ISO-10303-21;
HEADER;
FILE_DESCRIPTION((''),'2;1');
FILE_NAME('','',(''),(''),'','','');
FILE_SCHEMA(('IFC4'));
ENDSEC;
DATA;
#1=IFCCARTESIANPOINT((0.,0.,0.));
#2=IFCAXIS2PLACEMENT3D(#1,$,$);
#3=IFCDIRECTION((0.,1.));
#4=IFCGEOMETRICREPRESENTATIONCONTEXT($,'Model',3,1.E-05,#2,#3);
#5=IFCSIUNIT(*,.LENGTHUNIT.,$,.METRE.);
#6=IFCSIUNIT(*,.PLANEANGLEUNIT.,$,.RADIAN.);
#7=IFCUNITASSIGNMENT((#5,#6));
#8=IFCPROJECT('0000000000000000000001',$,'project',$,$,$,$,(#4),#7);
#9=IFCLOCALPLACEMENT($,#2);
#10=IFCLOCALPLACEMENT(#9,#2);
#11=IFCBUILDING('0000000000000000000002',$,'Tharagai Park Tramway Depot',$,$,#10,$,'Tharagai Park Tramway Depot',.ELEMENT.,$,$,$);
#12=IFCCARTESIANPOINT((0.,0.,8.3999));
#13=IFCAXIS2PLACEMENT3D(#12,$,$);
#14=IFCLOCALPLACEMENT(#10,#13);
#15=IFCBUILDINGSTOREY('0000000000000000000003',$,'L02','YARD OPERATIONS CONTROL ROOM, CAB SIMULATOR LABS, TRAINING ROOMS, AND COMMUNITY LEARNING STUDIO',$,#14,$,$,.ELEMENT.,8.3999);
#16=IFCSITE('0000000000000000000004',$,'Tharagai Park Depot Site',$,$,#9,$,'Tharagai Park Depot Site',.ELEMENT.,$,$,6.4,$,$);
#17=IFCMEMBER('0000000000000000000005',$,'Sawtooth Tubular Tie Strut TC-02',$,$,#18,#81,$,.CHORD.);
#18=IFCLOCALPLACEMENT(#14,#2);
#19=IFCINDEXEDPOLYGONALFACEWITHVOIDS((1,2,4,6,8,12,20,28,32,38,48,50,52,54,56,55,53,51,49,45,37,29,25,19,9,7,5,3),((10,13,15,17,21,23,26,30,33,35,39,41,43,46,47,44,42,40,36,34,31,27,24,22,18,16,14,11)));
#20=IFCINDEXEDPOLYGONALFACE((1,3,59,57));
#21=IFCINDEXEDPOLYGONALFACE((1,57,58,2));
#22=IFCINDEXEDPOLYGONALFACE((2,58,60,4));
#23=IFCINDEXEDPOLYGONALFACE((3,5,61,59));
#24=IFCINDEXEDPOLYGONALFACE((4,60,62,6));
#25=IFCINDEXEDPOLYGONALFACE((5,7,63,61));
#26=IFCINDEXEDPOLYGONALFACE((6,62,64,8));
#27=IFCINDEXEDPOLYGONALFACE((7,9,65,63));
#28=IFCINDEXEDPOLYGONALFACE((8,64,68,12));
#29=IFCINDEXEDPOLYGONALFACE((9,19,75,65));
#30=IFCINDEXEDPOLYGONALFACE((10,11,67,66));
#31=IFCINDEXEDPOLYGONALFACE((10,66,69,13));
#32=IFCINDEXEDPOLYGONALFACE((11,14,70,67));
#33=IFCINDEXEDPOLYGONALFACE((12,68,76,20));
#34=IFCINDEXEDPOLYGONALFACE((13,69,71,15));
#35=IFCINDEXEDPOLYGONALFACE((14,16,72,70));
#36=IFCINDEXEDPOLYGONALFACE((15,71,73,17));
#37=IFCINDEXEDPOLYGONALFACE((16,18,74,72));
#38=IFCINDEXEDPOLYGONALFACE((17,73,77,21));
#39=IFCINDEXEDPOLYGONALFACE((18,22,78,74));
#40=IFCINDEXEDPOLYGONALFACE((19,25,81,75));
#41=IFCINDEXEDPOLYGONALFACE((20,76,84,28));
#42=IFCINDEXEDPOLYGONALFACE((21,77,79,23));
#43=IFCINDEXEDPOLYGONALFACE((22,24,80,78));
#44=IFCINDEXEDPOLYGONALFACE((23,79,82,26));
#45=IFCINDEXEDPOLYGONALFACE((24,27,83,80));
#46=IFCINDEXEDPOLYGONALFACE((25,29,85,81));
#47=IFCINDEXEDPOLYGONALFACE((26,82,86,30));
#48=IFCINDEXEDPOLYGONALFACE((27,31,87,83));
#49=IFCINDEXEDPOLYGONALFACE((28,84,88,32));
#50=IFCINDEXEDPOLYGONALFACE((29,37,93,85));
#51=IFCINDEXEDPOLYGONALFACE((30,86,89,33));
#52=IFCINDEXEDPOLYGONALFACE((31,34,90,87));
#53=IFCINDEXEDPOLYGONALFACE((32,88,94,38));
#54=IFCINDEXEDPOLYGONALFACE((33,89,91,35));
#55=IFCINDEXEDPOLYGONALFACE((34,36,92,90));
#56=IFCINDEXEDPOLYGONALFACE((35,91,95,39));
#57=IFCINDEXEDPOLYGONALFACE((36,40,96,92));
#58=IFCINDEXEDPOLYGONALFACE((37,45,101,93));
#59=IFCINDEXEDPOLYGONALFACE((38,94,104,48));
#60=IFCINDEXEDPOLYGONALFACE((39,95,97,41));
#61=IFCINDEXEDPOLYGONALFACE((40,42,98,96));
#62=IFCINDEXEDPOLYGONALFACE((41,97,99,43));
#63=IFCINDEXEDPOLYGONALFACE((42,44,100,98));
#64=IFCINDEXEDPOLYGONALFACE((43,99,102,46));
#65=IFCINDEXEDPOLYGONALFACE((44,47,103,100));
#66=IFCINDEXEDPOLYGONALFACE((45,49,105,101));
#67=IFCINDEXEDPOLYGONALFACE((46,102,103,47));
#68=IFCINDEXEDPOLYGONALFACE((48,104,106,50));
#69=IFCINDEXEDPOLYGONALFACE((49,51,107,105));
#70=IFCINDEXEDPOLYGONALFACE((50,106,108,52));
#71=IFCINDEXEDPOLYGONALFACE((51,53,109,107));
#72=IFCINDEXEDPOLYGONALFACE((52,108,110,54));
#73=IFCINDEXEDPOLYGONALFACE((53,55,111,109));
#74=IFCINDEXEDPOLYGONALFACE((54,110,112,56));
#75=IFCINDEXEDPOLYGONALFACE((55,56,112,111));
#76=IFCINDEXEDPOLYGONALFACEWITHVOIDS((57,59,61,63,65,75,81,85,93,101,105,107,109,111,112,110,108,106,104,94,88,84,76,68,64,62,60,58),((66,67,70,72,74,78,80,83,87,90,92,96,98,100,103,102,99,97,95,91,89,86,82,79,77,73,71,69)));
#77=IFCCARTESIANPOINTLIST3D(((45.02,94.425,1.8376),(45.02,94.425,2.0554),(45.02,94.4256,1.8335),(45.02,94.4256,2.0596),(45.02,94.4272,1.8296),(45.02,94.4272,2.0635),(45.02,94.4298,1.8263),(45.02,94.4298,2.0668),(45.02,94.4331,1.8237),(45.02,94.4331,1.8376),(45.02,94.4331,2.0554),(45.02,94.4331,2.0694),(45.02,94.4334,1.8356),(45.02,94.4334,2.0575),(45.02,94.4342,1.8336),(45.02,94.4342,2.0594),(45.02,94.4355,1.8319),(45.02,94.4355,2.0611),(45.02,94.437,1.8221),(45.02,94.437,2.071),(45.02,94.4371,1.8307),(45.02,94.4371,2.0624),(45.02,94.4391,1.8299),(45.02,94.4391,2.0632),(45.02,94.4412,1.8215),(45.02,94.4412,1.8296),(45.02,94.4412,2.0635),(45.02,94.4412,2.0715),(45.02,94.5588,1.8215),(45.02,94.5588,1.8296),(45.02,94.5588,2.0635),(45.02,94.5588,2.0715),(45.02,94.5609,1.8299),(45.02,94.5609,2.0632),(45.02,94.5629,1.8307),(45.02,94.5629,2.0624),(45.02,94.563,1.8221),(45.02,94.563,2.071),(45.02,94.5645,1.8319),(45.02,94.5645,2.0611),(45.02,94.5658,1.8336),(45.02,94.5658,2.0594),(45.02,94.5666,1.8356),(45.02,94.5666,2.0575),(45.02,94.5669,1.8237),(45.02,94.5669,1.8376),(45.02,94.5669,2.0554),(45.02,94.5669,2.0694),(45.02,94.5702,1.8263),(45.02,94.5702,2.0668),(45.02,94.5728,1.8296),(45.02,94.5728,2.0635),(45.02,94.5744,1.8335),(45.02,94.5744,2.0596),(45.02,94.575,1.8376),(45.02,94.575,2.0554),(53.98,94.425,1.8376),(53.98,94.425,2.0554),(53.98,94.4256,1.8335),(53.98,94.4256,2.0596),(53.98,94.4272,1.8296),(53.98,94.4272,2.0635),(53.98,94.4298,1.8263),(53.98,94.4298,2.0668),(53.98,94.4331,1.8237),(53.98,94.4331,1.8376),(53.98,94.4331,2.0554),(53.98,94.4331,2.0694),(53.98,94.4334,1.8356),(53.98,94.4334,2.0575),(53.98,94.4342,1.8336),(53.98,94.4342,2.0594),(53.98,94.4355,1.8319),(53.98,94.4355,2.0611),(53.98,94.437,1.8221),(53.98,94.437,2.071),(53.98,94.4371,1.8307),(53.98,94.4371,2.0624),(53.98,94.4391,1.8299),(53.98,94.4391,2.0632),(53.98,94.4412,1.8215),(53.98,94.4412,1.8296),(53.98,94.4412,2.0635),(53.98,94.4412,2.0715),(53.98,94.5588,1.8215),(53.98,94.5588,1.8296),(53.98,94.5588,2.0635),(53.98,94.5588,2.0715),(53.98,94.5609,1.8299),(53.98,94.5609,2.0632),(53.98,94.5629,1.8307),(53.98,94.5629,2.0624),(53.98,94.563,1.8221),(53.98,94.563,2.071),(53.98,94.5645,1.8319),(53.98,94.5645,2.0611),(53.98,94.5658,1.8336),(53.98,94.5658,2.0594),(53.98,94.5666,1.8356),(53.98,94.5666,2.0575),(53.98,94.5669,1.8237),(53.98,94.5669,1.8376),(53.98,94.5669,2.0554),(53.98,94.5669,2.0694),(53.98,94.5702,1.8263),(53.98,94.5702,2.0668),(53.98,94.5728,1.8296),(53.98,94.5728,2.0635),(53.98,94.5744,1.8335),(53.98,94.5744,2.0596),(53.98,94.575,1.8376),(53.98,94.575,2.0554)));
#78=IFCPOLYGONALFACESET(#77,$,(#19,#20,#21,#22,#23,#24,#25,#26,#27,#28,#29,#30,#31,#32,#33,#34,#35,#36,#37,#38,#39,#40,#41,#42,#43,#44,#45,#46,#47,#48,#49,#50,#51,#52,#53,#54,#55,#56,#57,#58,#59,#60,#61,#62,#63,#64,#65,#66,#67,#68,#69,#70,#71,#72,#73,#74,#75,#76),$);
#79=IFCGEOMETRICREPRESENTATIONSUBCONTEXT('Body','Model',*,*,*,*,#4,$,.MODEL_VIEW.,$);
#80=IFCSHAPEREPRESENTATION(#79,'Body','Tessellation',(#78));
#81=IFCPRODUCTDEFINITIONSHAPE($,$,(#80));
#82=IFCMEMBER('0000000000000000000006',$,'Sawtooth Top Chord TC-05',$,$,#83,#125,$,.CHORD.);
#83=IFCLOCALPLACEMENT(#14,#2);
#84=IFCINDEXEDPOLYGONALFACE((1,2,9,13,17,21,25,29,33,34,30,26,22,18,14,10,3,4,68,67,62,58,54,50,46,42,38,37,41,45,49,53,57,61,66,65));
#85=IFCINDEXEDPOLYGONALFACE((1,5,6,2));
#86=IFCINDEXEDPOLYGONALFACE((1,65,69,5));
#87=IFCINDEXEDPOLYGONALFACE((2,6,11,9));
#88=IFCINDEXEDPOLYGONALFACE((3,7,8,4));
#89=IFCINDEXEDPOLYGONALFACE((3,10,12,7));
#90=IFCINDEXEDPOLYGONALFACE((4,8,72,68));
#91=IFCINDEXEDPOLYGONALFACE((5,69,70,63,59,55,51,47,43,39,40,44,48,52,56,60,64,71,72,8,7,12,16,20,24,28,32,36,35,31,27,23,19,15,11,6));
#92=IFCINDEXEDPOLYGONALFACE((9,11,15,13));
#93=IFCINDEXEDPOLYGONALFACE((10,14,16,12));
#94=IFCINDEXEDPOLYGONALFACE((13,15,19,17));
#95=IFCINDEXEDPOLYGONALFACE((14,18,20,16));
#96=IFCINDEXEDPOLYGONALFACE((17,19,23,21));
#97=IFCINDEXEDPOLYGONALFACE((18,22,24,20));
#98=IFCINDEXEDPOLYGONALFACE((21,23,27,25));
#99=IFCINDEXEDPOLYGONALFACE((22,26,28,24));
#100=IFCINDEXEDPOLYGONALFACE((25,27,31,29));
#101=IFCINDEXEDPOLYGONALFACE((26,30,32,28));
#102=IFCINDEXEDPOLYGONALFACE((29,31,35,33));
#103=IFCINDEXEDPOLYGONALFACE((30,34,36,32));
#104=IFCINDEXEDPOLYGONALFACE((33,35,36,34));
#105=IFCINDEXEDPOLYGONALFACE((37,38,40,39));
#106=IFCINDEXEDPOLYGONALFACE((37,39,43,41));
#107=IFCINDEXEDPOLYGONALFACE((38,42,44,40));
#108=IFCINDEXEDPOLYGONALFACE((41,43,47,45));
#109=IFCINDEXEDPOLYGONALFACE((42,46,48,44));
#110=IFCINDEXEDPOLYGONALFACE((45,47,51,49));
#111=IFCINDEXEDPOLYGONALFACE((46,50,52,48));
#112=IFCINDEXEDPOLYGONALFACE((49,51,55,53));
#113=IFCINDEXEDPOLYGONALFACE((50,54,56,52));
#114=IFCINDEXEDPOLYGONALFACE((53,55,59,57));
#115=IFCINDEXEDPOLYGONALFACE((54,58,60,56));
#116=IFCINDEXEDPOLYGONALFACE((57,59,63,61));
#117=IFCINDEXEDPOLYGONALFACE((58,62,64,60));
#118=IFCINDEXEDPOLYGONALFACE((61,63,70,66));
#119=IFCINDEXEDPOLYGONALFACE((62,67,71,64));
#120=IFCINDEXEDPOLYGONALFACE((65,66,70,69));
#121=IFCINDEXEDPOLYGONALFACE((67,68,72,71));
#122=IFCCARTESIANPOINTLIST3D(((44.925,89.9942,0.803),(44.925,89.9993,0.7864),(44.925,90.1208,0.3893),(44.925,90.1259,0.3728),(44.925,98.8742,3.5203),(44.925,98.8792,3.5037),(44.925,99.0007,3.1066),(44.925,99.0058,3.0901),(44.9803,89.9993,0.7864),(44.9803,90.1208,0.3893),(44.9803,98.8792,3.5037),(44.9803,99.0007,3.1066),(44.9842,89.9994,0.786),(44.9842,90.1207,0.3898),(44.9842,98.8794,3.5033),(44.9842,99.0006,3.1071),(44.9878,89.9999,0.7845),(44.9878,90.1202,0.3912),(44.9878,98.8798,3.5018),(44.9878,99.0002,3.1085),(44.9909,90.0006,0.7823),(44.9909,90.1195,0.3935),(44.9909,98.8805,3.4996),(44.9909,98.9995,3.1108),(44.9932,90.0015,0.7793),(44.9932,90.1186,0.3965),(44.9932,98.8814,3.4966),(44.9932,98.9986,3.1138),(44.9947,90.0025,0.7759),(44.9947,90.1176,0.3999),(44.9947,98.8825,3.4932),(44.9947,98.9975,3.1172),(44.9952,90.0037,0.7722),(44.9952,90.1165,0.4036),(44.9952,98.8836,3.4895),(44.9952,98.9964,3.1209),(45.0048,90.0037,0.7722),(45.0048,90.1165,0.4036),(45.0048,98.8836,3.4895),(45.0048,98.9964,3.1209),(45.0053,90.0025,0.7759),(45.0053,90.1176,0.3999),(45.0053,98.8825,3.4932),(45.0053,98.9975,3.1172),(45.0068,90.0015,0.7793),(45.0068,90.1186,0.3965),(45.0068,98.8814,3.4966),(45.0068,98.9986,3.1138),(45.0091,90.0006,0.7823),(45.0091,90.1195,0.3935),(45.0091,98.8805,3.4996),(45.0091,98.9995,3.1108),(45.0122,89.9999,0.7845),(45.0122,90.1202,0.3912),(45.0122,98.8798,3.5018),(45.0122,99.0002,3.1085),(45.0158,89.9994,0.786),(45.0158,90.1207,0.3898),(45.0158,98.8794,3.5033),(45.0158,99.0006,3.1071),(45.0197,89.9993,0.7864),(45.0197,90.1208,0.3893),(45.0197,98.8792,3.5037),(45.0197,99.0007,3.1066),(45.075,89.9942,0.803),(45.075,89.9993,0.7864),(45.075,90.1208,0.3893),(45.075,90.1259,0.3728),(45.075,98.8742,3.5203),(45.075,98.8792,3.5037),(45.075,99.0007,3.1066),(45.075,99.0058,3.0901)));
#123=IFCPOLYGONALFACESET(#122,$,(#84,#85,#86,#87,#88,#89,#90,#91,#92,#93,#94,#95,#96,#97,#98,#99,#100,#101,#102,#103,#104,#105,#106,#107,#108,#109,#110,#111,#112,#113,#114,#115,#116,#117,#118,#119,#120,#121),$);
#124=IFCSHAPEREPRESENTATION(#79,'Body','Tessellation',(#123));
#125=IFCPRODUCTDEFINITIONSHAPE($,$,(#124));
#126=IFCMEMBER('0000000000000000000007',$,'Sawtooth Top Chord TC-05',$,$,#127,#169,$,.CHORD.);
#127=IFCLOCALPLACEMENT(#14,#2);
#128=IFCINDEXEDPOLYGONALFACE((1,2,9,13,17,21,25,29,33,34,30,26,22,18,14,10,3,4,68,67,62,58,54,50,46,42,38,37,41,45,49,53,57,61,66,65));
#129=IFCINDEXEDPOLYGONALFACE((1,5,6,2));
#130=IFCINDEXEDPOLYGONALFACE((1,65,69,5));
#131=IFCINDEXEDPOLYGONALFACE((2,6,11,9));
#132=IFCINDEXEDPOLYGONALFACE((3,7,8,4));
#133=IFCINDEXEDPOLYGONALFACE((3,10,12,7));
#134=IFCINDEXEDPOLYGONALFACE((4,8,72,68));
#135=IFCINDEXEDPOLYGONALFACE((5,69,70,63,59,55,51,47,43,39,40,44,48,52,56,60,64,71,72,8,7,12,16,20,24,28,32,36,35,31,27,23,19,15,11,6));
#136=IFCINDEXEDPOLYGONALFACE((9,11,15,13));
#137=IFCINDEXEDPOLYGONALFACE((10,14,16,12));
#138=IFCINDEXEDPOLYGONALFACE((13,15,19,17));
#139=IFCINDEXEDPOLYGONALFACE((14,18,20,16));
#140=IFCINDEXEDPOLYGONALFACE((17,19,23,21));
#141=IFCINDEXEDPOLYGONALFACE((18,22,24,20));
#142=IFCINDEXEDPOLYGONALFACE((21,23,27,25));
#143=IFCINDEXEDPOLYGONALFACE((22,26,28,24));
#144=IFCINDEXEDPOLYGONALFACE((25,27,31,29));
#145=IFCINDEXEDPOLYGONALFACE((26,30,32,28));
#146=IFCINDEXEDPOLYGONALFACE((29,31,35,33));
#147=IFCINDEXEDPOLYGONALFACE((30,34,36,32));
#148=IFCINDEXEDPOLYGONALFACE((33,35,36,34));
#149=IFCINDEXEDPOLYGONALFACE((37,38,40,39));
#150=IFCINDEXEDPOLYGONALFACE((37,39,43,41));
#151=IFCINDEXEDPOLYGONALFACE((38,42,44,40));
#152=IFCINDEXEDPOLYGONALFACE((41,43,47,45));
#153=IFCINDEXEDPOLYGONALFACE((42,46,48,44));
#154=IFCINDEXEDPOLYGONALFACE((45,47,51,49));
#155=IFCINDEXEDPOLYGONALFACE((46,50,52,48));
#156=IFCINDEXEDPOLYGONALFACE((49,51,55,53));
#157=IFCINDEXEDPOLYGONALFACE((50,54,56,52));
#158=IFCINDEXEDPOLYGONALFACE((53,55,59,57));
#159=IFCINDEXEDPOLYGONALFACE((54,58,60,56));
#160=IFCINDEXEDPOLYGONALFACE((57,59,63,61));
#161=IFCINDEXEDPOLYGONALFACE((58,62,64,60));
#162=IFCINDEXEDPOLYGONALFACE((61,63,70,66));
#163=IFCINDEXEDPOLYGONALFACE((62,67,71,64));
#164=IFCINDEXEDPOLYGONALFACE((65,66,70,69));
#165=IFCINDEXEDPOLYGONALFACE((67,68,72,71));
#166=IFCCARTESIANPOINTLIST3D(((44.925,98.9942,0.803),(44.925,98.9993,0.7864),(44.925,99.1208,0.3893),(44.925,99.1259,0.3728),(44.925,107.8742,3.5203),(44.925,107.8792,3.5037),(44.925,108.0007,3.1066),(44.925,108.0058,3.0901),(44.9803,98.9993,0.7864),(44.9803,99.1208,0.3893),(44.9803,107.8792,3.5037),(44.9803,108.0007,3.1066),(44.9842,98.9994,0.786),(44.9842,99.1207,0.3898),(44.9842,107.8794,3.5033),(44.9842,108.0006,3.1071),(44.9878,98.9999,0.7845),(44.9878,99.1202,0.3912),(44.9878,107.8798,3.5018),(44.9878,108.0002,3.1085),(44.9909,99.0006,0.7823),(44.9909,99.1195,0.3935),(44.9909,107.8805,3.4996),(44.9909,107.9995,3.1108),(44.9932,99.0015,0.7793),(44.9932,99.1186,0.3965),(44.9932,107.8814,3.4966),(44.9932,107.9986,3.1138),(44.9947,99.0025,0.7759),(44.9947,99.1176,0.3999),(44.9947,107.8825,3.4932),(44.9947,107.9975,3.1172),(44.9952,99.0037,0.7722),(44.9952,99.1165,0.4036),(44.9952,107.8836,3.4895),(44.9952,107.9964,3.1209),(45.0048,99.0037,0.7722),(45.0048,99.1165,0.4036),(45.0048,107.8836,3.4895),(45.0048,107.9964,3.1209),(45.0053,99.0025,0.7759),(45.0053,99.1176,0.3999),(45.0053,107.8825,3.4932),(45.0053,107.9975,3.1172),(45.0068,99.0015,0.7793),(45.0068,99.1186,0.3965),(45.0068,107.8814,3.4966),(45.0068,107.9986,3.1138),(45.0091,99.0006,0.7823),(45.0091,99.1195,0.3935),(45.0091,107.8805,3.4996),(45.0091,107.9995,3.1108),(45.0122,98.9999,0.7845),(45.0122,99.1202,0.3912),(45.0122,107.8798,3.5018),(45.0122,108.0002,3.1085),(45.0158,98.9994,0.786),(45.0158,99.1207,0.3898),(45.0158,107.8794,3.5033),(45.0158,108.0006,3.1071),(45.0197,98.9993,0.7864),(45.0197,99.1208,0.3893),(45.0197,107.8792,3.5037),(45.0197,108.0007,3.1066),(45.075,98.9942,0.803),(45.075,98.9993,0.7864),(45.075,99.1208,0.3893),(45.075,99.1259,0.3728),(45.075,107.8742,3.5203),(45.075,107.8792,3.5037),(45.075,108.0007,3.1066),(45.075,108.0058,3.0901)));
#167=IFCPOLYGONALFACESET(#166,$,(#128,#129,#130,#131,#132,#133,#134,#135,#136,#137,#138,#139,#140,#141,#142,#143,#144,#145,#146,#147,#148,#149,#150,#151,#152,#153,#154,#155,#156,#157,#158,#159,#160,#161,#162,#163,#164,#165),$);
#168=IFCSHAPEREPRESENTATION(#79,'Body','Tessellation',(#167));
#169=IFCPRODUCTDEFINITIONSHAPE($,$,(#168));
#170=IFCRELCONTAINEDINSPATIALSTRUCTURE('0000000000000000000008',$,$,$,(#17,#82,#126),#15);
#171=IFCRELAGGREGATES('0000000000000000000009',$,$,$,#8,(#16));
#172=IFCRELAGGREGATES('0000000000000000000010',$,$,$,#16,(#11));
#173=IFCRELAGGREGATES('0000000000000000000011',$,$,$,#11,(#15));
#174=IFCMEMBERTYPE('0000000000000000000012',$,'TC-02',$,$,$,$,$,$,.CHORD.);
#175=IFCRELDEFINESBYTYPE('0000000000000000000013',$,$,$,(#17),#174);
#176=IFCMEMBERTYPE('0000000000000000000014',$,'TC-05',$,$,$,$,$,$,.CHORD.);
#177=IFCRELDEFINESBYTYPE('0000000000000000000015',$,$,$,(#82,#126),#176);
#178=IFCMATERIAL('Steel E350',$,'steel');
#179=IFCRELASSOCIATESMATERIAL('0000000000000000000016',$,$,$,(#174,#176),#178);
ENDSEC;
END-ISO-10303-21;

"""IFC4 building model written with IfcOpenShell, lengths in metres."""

from ifc_helpers import new_model, si_unit, direction, frame, origin, origin_2d, place, context, subcontext, project, spatial, hollow_rectangle, i_section, extrude, material, material_profile, profile_set, type_object, element, save


model = new_model("IFC4")

# Units and contexts
model_context = context("Model", 3, precision=1e-05, world=origin(), true_north=direction((0.0, 1.0)))
body_context = subcontext(model_context, "Body", "Model", "MODEL_VIEW")
ifc_project = project(units=[si_unit("LENGTHUNIT", "METRE"), si_unit("PLANEANGLEUNIT", "RADIAN")], contexts=[model_context])

# Site, building, storey
site_placement = place(None, origin())
site = spatial("IfcSite", under=ifc_project, at=site_placement, Name="Tharagai Park Depot Site", LongName="Tharagai Park Depot Site", CompositionType="ELEMENT", RefElevation=6.4)
building_placement = place(site_placement, origin())
building = spatial("IfcBuilding", under=site, at=building_placement, Name="Tharagai Park Tramway Depot", LongName="Tharagai Park Tramway Depot", CompositionType="ELEMENT")
storey_placement = place(building_placement, frame((0.0, 0.0, 8.3999)))
storey = spatial("IfcBuildingStorey", under=building, at=storey_placement, Name="L02", Description="YARD OPERATIONS CONTROL ROOM, CAB SIMULATOR LABS, TRAINING ROOMS, AND COMMUNITY LEARNING STUDIO", CompositionType="ELEMENT", Elevation=8.3999)

# Shared definitions
ifc_material_1 = material(Name="Steel E350", Category="steel")

# Members
ifc_material_profile_1 = material_profile(ifc_material_1, hollow_rectangle(XDim=0.1499, YDim=0.25, WallThickness=0.0081, InnerFilletRadius=0.0081, OuterFilletRadius=0.0161, at=origin_2d()), Name="RHS 250x150x8")
ifc_profile_set_1 = profile_set([ifc_material_profile_1], Name="Steel E350")
member_type_1 = type_object("IfcMemberType", Name="TC-02", PredefinedType="CHORD", material=ifc_profile_set_1)
member_1_placement = place(storey_placement, frame((45.02, 94.5, 1.9465), z_axis=(1.0, 0.0, 0.0), x_axis=(0.0, 1.0, 0.0)))
element("IfcMember", 1, at=member_1_placement, inside=storey, type_object=member_type_1, Name="Sawtooth Tubular Tie Strut TC-02", PredefinedType="CHORD", context=body_context, shape_type="SweptSolid", body=[
    extrude(hollow_rectangle(XDim=0.1499, YDim=0.25, WallThickness=0.0081, InnerFilletRadius=0.0081, OuterFilletRadius=0.0161, at=origin_2d()), origin(), (0.0, 0.0, 1.0), 8.96),
])
ifc_material_profile_2 = material_profile(ifc_material_1, i_section(OverallWidth=0.1499, OverallDepth=0.45, WebThickness=0.0095, FlangeThickness=0.0173, FilletRadius=0.0149, at=origin_2d()), Name="ISMB 450")
ifc_profile_set_2 = profile_set([ifc_material_profile_2], Name="Steel E350")
member_type_2 = type_object("IfcMemberType", Name="TC-05", PredefinedType="CHORD", material=ifc_profile_set_2)
for number, where, z_axis, x_axis, name in (
    (2, (45.0, 90.0601, 0.5879), (0.0, 0.956231, 0.292611), (-1.0, 0.0, 0.0), "Sawtooth Top Chord TC-05"),
    (3, (45.0, 99.0601, 0.5879), (0.0, 0.956231, 0.292611), (-1.0, 0.0, 0.0), "Sawtooth Top Chord TC-05"),
):
    element("IfcMember", number, at=place(storey_placement, frame(where, z_axis=z_axis, x_axis=x_axis)), inside=storey, type_object=member_type_2, Name=name, PredefinedType="CHORD", context=body_context, shape_type="SweptSolid", body=[
        extrude(i_section(OverallWidth=0.1499, OverallDepth=0.45, WebThickness=0.0095, FlangeThickness=0.0173, FilletRadius=0.0149, at=origin_2d()), origin(), (0.0, 0.0, 1.0), 9.2864),
    ])

save(model, "model.ifc")
